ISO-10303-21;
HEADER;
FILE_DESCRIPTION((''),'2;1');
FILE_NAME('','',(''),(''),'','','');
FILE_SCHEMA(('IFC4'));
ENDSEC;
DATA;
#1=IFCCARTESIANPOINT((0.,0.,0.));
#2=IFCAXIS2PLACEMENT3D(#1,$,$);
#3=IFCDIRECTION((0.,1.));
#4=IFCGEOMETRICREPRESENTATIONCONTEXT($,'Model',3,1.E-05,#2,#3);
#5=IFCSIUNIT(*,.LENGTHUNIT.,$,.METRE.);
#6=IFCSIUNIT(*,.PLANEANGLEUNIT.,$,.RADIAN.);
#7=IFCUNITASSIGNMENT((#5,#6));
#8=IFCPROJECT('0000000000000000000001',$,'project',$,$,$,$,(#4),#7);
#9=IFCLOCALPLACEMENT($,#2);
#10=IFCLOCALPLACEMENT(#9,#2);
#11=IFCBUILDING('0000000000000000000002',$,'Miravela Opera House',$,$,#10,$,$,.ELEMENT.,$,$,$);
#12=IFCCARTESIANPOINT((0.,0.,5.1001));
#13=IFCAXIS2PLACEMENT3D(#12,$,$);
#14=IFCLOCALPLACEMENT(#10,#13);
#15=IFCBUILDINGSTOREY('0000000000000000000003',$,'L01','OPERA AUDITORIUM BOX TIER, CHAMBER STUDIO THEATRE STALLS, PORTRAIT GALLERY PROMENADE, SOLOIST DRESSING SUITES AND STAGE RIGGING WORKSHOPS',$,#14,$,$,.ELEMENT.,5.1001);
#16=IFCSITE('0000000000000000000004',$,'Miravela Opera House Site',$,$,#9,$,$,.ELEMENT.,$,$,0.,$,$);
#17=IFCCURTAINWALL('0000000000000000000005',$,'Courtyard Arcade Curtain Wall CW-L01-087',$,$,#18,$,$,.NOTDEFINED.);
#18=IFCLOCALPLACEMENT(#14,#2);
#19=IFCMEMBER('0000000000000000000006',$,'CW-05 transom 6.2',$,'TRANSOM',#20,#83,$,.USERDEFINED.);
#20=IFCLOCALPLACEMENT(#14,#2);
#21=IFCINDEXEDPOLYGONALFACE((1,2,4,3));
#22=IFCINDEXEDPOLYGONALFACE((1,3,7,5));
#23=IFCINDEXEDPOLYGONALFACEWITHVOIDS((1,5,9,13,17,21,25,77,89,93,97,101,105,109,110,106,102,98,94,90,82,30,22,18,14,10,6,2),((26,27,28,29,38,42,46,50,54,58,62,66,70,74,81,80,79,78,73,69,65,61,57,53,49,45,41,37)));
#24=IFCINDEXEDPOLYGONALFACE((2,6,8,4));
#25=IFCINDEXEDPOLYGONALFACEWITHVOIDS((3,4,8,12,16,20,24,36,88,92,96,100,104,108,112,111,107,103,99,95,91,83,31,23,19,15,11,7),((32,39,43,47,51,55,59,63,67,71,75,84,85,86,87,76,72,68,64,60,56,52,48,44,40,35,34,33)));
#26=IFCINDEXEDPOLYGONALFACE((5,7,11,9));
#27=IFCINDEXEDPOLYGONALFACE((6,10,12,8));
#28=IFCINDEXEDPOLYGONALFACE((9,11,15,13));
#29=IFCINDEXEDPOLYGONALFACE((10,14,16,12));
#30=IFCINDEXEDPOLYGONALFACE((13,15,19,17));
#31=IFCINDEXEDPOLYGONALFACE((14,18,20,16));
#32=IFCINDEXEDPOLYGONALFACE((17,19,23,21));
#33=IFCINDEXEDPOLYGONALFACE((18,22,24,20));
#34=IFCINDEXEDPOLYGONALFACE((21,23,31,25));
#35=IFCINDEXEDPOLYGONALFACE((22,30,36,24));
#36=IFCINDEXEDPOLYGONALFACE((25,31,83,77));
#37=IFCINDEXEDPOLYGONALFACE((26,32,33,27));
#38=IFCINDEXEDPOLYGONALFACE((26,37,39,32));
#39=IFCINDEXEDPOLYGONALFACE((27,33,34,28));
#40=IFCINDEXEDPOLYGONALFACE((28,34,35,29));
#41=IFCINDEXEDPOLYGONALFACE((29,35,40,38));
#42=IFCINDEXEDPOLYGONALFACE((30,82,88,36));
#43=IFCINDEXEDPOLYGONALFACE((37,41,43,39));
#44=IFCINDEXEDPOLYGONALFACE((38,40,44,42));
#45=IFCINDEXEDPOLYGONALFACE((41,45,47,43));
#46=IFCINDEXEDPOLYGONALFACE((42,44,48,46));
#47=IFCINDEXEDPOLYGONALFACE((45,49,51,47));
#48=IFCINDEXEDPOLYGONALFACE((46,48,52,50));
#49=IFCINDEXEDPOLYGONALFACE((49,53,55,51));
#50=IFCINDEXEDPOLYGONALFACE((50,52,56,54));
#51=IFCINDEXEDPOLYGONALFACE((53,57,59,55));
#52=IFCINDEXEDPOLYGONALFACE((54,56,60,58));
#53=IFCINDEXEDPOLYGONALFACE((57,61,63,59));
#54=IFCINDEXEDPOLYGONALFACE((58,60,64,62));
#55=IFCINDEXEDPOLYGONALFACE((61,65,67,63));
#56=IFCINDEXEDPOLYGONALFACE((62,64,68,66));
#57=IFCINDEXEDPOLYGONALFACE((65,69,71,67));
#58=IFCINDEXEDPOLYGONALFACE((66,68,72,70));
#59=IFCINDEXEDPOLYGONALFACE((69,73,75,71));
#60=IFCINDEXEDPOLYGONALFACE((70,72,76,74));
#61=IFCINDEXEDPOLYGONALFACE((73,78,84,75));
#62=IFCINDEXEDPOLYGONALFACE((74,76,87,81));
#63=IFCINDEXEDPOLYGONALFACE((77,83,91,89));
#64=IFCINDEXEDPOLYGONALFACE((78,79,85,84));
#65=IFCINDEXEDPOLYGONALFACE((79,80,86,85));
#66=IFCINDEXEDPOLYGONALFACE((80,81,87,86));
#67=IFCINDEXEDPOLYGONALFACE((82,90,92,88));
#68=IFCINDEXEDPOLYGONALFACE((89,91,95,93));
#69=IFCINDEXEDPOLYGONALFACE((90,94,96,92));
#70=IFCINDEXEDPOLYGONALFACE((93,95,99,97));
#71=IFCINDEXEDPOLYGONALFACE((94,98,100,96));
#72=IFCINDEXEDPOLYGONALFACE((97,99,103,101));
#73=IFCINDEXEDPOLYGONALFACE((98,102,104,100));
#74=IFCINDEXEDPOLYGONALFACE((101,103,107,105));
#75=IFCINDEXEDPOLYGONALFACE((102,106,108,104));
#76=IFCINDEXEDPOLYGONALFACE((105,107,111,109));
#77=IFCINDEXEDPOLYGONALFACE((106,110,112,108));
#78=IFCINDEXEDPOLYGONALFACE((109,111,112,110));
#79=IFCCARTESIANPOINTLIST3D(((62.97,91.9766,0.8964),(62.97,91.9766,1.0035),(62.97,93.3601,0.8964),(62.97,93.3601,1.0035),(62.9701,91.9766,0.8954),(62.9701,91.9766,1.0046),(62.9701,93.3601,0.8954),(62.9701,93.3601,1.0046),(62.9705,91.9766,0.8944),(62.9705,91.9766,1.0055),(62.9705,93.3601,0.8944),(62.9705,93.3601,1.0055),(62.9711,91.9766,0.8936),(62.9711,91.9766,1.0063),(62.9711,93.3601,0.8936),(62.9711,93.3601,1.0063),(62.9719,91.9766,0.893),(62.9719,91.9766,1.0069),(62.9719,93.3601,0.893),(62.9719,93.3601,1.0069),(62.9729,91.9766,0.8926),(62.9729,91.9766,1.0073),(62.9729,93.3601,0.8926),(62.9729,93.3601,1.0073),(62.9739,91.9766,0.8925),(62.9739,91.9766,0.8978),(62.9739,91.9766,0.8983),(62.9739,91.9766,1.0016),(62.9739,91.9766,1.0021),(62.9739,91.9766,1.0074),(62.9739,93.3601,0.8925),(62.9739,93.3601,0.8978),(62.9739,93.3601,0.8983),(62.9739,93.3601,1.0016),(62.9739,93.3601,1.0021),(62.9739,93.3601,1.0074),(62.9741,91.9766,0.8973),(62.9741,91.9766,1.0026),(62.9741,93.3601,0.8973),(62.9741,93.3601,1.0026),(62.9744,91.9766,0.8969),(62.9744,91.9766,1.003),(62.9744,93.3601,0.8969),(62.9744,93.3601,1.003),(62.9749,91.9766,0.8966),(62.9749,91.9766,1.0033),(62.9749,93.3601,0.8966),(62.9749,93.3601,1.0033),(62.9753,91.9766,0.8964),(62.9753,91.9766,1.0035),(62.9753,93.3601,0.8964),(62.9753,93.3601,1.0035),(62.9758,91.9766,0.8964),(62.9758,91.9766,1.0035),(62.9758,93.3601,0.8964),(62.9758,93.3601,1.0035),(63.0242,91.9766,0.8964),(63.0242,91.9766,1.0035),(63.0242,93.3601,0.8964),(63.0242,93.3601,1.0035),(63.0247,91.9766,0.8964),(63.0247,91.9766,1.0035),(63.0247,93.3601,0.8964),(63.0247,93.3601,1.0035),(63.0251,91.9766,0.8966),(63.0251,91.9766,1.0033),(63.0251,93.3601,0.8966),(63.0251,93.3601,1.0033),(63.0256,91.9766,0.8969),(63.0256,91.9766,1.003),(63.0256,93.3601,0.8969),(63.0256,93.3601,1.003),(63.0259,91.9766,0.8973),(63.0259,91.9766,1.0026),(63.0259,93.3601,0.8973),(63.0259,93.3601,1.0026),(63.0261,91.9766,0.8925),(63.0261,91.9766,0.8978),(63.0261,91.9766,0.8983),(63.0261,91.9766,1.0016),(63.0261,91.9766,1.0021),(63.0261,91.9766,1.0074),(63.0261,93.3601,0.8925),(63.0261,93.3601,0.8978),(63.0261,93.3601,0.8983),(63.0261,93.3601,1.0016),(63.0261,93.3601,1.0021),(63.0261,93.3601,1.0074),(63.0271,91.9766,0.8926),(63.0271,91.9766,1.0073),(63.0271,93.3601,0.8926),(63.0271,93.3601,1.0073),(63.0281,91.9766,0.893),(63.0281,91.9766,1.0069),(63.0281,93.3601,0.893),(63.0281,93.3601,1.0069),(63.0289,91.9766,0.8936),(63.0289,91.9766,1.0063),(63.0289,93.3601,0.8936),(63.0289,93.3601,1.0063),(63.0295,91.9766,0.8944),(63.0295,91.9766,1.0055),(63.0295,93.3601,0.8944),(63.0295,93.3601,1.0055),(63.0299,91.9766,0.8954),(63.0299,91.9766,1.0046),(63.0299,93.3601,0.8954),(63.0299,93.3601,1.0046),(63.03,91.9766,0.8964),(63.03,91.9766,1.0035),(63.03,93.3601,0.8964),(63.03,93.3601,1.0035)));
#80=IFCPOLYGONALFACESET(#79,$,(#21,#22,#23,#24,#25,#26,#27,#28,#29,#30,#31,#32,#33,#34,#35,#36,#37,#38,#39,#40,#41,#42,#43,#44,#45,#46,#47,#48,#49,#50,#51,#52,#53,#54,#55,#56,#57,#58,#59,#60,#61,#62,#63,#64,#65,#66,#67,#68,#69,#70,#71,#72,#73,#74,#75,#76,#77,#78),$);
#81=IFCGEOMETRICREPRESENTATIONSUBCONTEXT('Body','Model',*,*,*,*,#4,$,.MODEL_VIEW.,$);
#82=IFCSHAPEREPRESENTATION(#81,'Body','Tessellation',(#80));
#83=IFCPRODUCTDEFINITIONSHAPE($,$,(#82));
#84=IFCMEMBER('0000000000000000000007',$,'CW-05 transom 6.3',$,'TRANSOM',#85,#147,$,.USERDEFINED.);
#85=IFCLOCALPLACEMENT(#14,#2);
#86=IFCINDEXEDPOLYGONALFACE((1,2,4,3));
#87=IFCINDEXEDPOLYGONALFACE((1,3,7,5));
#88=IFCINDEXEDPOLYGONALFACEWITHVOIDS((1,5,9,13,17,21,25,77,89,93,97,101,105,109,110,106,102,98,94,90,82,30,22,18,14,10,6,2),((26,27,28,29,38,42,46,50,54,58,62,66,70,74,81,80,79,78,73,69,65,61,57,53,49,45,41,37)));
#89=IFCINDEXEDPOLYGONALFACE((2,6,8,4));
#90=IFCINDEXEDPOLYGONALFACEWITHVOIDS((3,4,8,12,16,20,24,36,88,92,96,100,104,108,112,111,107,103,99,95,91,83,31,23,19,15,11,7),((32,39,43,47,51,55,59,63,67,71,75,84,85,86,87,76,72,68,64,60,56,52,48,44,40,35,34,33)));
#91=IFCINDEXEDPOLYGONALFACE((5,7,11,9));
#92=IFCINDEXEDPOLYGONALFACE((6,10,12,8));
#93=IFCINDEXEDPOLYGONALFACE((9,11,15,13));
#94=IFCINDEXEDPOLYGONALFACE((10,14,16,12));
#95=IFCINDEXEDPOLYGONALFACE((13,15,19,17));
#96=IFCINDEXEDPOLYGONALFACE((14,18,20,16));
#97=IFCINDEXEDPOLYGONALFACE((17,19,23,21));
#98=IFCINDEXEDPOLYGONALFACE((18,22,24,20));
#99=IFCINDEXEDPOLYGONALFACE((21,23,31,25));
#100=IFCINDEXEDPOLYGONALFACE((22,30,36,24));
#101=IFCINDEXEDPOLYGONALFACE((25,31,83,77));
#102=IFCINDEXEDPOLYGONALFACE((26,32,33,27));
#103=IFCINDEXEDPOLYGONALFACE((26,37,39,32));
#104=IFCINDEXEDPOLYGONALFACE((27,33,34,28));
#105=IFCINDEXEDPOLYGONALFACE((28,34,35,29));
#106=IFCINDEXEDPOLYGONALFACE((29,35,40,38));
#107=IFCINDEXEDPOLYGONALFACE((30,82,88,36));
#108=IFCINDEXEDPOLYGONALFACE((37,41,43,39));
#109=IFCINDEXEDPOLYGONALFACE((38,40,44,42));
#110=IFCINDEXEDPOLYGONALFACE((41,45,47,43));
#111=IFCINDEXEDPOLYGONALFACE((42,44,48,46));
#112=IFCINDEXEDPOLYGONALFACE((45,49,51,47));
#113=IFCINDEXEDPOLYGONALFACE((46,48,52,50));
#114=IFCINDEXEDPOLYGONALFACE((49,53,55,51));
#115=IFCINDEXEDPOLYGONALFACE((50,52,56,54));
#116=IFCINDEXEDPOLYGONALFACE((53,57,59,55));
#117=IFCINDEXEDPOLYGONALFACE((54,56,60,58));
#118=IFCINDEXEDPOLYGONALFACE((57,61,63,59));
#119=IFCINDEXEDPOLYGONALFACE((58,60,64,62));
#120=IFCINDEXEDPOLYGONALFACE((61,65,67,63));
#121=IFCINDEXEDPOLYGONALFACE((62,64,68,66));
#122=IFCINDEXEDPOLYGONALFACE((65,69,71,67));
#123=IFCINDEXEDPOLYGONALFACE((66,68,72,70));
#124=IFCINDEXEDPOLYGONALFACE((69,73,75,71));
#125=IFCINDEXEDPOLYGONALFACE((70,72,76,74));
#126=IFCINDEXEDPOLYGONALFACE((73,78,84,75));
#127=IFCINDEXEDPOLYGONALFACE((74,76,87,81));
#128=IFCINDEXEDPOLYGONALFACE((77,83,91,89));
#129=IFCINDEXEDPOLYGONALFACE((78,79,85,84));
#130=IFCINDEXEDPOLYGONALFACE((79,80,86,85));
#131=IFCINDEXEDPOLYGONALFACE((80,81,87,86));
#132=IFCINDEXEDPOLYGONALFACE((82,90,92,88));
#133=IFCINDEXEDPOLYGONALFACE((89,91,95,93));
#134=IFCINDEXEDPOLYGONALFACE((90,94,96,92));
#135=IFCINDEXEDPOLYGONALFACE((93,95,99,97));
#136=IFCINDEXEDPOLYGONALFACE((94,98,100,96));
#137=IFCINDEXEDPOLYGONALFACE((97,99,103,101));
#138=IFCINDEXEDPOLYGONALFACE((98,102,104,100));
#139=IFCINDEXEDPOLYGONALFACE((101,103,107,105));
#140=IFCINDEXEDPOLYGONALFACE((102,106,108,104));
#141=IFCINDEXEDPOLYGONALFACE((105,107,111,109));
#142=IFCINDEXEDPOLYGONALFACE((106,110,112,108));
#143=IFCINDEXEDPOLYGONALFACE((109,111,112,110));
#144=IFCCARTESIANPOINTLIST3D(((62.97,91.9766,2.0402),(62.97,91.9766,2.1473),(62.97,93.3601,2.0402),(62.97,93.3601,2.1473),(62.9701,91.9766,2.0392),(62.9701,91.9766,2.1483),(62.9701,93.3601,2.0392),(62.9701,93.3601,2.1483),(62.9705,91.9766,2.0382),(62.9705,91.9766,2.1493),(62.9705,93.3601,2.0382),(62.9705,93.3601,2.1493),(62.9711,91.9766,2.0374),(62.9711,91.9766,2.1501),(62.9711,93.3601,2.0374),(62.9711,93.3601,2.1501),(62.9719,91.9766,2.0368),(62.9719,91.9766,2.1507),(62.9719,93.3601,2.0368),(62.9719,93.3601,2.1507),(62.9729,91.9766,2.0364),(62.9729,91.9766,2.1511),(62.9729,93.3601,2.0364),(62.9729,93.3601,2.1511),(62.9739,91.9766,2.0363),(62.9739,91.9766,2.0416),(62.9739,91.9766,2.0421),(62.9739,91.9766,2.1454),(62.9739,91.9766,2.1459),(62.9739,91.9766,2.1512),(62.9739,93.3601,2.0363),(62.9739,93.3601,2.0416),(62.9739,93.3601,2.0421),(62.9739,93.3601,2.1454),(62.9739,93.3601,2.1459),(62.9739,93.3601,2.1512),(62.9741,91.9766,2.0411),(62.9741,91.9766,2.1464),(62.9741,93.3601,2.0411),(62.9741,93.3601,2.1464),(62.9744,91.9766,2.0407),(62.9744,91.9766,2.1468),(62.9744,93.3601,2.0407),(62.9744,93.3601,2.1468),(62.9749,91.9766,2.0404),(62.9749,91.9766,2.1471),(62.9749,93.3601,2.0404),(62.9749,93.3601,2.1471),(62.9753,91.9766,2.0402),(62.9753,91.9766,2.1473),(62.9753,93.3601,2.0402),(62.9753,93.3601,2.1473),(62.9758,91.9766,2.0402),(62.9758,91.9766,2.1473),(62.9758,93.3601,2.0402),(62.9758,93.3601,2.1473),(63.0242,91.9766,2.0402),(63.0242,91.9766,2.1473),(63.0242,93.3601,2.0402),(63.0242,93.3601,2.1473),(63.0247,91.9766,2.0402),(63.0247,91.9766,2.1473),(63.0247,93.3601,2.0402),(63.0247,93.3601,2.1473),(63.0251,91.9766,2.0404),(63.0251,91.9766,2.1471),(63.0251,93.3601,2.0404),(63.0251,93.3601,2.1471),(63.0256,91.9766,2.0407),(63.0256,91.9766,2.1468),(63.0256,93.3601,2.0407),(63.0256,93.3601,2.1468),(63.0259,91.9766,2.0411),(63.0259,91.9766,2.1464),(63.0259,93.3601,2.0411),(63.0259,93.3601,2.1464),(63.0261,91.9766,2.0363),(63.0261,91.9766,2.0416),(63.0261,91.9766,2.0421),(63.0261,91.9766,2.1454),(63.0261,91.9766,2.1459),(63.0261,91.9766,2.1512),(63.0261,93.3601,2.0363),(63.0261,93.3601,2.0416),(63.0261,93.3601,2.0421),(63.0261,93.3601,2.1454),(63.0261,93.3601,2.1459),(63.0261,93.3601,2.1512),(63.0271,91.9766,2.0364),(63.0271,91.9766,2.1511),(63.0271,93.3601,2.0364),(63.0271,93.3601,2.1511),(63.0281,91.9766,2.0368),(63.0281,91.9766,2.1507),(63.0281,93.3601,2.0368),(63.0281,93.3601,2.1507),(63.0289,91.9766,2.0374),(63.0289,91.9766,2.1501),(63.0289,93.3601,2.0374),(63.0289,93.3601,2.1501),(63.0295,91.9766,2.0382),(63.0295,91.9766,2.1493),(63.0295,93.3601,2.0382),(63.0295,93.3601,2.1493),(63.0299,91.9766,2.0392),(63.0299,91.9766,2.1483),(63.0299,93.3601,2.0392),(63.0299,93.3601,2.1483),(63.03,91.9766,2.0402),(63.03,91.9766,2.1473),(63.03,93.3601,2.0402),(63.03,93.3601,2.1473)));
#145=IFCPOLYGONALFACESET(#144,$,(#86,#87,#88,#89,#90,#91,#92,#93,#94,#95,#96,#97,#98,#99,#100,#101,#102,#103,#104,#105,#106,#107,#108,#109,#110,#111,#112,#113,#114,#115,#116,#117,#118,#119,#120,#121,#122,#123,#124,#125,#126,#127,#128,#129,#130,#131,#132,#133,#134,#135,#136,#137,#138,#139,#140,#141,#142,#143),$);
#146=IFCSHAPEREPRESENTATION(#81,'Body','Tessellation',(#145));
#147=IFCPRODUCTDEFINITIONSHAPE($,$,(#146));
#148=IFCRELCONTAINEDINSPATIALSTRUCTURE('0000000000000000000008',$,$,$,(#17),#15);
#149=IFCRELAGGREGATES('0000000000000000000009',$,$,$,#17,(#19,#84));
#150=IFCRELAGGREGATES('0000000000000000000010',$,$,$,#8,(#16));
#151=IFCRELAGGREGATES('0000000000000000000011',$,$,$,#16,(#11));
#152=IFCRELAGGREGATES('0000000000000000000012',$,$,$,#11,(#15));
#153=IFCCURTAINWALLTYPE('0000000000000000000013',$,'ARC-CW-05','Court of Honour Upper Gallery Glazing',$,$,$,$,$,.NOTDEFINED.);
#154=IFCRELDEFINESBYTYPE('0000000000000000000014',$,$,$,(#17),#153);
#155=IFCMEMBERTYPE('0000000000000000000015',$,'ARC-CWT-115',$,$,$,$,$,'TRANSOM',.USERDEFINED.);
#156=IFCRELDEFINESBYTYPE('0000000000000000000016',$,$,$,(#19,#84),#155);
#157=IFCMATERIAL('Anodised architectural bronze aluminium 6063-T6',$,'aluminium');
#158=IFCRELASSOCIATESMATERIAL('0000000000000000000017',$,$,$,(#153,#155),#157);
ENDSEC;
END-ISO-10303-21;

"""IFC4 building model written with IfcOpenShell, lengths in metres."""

from ifc_helpers import new_model, si_unit, direction, frame, origin, origin_2d, place, context, subcontext, project, spatial, hollow_rectangle, extrude, material, material_profile, profile_set, type_object, element, aggregate, save


model = new_model("IFC4")

# Units and contexts
model_context = context("Model", 3, precision=1e-05, world=origin(), true_north=direction((0.0, 1.0)))
body_context = subcontext(model_context, "Body", "Model", "MODEL_VIEW")
ifc_project = project(units=[si_unit("LENGTHUNIT", "METRE"), si_unit("PLANEANGLEUNIT", "RADIAN")], contexts=[model_context])

# Site, building, storey
site_placement = place(None, origin())
site = spatial("IfcSite", under=ifc_project, at=site_placement, Name="Miravela Opera House Site", CompositionType="ELEMENT", RefElevation=0.0)
building_placement = place(site_placement, origin())
building = spatial("IfcBuilding", under=site, at=building_placement, Name="Miravela Opera House", CompositionType="ELEMENT")
storey_placement = place(building_placement, frame((0.0, 0.0, 5.1001)))
storey = spatial("IfcBuildingStorey", under=building, at=storey_placement, Name="L01", Description="OPERA AUDITORIUM BOX TIER, CHAMBER STUDIO THEATRE STALLS, PORTRAIT GALLERY PROMENADE, SOLOIST DRESSING SUITES AND STAGE RIGGING WORKSHOPS", CompositionType="ELEMENT", Elevation=5.1001)

# Curtain wall, members
ifc_material_1 = material(Name="Anodised architectural bronze aluminium 6063-T6", Category="aluminium")
curtain_wall_type = type_object("IfcCurtainWallType", Name="ARC-CW-05", Description="Court of Honour Upper Gallery Glazing", PredefinedType="NOTDEFINED", material=ifc_material_1)
curtain_wall_placement = place(storey_placement, origin())
curtain_wall = element("IfcCurtainWall", 1, at=curtain_wall_placement, inside=storey, type_object=curtain_wall_type, Name="Courtyard Arcade Curtain Wall CW-L01-087", PredefinedType="NOTDEFINED")
ifc_material_profile_1 = material_profile(ifc_material_1, hollow_rectangle(XDim=0.0601, YDim=0.115, WallThickness=0.0039, InnerFilletRadius=0.002, OuterFilletRadius=0.0039, at=origin_2d()), Name="CWT-60X115")
ifc_profile_set_1 = profile_set([ifc_material_profile_1])
member_type_1 = type_object("IfcMemberType", Name="ARC-CWT-115", ElementType="TRANSOM", PredefinedType="USERDEFINED", material=ifc_profile_set_1)
member_1_placement = place(storey_placement, frame((63.0, 91.9766, 0.95), z_axis=(0.0, 1.0, 0.0), x_axis=(-1.0, 0.0, 0.0)))
member_1 = element("IfcMember", 2, at=member_1_placement, type_object=member_type_1, Name="CW-05 transom 6.2", ObjectType="TRANSOM", PredefinedType="USERDEFINED", context=body_context, shape_type="SweptSolid", body=[
    extrude(hollow_rectangle(XDim=0.0601, YDim=0.115, WallThickness=0.0039, InnerFilletRadius=0.002, OuterFilletRadius=0.0039, at=origin_2d()), origin(), (0.0, 0.0, 1.0), 1.3835),
])
member_2_placement = place(storey_placement, frame((63.0, 91.9766, 2.0938), z_axis=(0.0, 1.0, 0.0), x_axis=(-1.0, 0.0, 0.0)))
member_2 = element("IfcMember", 3, at=member_2_placement, type_object=member_type_1, Name="CW-05 transom 6.3", ObjectType="TRANSOM", PredefinedType="USERDEFINED", context=body_context, shape_type="SweptSolid", body=[
    extrude(hollow_rectangle(XDim=0.0601, YDim=0.115, WallThickness=0.0039, InnerFilletRadius=0.002, OuterFilletRadius=0.0039, at=origin_2d()), origin(), (0.0, 0.0, 1.0), 1.3835),
])

aggregate(curtain_wall, [member_1, member_2])

save(model, "model.ifc")
